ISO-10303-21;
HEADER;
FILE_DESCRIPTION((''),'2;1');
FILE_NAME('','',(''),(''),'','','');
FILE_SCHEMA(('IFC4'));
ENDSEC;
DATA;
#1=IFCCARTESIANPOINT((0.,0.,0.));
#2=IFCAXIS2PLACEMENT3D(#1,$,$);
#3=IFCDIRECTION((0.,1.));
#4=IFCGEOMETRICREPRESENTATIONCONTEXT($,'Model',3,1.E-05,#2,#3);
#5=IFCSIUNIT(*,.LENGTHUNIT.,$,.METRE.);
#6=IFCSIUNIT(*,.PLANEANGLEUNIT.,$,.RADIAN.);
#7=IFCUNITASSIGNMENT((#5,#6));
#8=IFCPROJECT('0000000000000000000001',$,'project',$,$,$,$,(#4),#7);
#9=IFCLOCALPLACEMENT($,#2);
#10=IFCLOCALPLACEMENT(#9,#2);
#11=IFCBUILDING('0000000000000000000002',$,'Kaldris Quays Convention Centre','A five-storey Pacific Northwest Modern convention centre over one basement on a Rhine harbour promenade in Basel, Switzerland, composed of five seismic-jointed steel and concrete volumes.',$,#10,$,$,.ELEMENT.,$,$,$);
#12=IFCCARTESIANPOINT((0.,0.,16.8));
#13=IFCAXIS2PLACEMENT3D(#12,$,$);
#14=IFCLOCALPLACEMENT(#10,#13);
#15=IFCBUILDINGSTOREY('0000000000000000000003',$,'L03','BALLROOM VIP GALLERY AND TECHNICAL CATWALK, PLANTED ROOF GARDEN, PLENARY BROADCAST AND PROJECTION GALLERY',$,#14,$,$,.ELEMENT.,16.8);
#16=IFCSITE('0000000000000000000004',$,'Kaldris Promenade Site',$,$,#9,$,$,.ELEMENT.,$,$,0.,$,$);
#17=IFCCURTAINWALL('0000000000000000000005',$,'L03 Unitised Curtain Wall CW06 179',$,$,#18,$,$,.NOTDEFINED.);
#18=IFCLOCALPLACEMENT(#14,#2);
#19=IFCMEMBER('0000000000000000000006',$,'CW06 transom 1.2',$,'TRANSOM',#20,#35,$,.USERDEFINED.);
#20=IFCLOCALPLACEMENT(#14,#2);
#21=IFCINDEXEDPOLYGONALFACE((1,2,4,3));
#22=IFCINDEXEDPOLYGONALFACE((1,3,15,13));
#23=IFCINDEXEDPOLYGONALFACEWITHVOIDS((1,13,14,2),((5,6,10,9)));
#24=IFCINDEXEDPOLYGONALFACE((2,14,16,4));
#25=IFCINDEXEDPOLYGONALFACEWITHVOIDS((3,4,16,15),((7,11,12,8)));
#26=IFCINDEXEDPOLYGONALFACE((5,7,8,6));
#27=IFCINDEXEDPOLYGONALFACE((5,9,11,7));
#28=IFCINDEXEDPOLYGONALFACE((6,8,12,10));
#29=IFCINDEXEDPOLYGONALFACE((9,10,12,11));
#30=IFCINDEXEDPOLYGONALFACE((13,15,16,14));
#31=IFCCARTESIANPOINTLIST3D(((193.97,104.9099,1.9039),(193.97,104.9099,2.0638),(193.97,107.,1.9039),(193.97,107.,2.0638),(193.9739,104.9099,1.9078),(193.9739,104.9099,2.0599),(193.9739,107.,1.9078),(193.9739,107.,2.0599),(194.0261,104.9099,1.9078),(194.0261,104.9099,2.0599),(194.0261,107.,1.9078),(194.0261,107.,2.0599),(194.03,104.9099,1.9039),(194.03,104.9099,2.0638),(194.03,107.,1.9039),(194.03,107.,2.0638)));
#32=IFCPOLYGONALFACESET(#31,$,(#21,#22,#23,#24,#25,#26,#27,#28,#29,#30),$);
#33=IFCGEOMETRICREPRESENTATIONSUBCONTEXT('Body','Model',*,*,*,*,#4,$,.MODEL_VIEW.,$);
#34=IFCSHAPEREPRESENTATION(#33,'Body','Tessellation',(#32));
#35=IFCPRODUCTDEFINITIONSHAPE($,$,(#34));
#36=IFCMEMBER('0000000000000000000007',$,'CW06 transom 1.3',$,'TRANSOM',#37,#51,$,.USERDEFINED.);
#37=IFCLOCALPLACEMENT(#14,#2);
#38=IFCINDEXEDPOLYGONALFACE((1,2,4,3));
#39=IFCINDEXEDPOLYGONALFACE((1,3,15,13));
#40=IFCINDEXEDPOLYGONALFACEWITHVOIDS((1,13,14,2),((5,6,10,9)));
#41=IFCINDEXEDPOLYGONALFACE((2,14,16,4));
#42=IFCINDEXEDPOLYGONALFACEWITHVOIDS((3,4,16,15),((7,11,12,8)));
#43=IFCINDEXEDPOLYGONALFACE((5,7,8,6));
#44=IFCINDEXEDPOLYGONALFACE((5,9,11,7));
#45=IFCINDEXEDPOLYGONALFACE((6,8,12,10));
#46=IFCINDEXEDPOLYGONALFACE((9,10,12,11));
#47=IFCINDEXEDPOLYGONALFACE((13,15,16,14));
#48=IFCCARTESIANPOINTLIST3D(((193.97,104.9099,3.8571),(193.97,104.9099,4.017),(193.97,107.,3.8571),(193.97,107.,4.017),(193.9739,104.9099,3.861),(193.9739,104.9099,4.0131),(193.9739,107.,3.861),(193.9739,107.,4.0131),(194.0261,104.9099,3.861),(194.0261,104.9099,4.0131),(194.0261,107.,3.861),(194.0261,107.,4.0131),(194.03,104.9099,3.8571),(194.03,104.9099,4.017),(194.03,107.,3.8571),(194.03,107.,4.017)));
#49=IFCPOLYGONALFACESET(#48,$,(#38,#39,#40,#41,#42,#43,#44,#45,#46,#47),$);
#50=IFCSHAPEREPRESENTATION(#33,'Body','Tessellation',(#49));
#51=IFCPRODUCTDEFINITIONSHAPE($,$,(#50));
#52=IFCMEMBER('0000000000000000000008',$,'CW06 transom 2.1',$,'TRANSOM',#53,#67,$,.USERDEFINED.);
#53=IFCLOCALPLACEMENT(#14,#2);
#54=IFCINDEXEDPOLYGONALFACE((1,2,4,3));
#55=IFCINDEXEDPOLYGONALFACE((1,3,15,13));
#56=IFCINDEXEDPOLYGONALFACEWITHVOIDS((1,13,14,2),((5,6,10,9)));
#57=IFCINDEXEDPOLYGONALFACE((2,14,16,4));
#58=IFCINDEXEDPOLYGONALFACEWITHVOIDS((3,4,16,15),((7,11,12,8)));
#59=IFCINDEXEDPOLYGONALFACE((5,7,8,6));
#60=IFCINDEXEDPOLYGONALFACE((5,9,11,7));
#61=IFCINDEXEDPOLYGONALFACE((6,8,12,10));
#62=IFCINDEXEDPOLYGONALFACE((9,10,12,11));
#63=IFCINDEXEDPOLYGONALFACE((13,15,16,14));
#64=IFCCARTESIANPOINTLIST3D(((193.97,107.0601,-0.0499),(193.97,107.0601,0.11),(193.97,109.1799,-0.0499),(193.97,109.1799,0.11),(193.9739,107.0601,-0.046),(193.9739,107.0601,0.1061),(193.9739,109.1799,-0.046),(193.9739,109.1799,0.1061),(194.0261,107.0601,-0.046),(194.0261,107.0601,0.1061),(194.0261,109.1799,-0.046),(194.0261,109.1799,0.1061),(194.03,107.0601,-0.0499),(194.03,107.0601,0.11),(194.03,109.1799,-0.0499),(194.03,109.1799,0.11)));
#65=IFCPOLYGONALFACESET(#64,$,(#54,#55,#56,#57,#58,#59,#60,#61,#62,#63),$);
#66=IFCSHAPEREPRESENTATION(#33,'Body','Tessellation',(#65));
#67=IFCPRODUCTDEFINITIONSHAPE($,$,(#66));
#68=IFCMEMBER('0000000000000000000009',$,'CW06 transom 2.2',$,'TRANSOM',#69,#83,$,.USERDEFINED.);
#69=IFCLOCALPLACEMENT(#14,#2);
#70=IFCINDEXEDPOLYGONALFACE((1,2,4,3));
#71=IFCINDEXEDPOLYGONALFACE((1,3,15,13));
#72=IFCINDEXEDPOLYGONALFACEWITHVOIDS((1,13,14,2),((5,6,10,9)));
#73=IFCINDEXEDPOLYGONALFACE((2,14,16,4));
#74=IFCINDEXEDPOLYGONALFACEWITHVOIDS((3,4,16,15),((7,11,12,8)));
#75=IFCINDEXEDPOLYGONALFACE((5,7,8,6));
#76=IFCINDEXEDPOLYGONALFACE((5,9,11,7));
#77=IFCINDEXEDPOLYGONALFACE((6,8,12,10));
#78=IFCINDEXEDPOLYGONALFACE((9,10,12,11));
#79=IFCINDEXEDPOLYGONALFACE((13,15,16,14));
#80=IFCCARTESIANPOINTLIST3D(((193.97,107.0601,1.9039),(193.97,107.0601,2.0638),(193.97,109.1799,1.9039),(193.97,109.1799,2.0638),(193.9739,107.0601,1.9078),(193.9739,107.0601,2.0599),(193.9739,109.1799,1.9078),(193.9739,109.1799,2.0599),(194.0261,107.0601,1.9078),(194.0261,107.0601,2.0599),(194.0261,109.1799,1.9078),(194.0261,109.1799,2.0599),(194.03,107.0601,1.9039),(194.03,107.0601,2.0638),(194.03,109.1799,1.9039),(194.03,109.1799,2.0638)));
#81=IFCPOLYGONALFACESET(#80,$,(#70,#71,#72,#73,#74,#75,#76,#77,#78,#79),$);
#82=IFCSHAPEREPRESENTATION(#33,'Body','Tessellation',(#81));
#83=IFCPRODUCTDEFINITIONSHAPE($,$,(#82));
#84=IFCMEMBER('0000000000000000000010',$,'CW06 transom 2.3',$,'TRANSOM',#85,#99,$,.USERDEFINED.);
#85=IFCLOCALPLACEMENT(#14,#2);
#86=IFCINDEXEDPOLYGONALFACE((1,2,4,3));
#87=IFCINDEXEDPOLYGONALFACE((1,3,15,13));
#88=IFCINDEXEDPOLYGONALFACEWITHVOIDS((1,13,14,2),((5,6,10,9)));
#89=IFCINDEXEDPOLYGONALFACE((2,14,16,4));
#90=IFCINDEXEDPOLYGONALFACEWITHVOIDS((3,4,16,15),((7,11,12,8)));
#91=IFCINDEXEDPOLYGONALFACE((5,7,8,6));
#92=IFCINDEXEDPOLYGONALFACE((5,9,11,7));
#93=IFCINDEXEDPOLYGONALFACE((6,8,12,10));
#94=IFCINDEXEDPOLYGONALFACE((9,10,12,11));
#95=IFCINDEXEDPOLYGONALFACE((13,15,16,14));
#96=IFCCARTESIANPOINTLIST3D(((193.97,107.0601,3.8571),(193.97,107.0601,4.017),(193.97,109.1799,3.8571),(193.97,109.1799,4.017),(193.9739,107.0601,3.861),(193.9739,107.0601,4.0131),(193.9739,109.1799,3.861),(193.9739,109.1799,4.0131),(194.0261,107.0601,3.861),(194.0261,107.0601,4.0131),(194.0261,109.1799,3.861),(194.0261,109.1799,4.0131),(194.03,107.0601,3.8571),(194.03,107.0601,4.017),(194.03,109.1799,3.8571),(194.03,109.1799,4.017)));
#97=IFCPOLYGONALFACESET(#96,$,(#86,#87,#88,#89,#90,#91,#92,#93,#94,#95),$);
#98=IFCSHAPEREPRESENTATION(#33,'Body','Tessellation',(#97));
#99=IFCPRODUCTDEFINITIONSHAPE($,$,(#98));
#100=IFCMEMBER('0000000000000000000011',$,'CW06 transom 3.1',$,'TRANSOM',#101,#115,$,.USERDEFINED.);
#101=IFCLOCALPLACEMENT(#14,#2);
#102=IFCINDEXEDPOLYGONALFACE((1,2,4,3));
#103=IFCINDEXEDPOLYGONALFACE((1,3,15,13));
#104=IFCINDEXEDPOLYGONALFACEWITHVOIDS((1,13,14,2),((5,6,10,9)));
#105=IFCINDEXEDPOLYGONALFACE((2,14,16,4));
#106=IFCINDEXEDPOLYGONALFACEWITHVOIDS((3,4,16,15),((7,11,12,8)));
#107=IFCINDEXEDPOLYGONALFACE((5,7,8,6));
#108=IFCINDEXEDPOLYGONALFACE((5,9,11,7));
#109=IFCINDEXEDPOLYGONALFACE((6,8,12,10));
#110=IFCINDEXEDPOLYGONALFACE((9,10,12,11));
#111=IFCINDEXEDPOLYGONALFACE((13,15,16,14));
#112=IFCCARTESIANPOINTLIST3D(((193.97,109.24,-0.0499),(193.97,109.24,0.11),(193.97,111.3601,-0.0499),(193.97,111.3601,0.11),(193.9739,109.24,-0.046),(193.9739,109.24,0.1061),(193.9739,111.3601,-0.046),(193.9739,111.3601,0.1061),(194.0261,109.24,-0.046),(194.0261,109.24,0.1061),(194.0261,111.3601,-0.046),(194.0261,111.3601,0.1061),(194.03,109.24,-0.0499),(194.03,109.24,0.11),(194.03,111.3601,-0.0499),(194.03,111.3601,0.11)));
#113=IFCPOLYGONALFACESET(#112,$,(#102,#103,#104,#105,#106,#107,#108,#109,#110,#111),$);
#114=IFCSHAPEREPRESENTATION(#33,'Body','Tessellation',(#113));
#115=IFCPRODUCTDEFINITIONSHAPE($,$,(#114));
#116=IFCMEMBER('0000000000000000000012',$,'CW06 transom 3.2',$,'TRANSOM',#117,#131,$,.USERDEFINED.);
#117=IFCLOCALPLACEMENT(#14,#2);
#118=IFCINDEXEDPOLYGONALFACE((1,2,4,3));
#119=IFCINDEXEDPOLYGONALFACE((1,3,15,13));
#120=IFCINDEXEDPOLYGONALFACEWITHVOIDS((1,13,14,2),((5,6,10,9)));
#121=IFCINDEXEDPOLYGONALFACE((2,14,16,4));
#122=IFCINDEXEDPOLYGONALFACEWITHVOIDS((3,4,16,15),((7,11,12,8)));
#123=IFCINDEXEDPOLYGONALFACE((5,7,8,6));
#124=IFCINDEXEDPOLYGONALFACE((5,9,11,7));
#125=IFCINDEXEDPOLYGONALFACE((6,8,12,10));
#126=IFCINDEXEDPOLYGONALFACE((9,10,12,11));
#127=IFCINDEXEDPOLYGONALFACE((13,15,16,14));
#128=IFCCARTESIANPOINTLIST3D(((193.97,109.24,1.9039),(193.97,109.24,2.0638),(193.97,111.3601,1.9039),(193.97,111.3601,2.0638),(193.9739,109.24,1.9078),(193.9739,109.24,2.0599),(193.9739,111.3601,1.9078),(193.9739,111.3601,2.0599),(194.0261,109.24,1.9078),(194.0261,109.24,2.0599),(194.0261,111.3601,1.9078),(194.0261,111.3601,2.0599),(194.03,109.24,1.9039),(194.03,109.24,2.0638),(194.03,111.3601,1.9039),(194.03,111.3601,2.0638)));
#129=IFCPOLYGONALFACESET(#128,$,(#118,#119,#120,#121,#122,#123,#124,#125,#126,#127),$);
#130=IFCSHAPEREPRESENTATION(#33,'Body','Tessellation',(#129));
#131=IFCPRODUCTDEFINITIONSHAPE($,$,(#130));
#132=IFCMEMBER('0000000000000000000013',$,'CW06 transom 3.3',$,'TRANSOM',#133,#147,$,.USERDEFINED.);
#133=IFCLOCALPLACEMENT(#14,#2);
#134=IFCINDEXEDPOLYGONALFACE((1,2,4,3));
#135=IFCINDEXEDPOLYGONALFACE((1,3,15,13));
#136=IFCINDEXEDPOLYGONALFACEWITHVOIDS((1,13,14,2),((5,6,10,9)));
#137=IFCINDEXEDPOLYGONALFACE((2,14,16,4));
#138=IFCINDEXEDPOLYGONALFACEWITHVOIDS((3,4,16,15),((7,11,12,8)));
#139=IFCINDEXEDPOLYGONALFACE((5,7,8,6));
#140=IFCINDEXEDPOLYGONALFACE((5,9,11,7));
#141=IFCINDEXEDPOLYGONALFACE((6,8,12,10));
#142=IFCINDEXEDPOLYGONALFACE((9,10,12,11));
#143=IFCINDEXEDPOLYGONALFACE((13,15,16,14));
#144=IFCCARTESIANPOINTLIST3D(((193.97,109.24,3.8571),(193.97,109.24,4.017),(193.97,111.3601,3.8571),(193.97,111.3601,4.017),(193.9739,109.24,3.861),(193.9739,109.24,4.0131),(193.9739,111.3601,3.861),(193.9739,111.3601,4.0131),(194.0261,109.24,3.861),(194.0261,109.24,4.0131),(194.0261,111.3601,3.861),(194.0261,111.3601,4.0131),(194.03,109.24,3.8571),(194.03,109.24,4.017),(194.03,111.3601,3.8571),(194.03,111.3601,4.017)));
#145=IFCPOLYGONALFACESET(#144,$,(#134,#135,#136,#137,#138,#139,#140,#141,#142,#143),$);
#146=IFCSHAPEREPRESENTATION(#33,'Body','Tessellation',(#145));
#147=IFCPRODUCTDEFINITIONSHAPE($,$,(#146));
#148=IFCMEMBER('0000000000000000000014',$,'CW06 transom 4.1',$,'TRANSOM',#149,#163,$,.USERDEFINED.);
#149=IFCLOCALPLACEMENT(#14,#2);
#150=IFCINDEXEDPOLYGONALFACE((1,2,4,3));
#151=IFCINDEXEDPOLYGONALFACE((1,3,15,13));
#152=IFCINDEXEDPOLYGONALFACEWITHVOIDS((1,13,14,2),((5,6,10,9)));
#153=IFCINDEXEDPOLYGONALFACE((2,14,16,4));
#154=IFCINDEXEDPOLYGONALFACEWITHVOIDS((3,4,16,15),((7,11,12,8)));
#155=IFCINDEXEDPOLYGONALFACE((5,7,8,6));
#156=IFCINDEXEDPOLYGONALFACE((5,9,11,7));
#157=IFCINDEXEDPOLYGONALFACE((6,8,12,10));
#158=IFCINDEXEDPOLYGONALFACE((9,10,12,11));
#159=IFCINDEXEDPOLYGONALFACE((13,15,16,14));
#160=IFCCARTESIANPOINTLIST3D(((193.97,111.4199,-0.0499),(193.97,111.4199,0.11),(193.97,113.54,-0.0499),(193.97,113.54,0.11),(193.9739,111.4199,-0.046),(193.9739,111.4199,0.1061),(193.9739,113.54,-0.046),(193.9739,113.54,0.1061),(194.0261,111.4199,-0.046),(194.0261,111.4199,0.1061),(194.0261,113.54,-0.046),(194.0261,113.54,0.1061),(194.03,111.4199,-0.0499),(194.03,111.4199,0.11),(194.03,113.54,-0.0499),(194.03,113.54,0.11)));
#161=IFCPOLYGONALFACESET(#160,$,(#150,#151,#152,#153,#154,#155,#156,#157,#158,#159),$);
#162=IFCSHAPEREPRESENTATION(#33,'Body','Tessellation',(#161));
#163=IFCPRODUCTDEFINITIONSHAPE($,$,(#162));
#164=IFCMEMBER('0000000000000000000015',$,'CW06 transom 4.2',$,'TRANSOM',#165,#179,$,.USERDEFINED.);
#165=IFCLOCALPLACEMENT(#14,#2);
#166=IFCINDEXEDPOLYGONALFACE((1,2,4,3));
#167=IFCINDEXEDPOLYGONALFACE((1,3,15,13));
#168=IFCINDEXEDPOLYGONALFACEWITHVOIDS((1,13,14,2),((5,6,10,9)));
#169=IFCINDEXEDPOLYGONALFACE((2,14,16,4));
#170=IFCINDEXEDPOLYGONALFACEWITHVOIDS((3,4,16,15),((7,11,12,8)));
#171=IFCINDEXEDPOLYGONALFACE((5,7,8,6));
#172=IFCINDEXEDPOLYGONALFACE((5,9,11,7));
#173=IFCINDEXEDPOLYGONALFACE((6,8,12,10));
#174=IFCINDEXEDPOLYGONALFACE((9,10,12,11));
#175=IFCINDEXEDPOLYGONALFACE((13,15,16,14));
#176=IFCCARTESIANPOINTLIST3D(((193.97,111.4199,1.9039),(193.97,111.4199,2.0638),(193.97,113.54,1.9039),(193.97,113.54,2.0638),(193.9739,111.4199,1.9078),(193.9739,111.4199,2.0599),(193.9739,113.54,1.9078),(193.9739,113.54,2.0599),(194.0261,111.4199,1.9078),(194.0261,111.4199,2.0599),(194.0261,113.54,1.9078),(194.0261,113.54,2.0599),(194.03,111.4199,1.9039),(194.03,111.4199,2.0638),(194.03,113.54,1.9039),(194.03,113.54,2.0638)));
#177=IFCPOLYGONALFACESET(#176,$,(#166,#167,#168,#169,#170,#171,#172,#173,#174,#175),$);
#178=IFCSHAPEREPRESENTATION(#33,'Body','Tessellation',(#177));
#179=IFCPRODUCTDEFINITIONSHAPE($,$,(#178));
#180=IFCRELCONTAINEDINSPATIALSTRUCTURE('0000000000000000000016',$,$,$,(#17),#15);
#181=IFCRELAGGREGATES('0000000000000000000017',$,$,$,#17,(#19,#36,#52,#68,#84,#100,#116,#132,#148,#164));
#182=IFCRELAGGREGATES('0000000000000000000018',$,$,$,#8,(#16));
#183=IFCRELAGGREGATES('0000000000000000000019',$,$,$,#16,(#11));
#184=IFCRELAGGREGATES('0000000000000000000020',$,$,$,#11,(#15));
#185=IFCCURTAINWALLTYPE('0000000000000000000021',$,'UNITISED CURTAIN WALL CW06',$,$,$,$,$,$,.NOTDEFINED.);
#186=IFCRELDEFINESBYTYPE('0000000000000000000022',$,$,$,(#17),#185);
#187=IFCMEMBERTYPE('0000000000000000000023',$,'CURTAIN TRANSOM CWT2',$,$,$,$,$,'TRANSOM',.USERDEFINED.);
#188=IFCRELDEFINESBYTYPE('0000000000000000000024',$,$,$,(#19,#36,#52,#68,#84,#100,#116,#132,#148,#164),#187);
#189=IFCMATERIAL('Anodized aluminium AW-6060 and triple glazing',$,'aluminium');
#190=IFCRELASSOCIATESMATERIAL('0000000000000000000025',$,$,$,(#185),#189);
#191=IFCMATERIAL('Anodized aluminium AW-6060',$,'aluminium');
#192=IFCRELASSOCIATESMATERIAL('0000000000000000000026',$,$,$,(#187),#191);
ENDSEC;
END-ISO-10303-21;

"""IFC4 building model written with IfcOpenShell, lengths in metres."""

from ifc_helpers import new_model, si_unit, direction, frame, origin, origin_2d, place, context, subcontext, project, spatial, hollow_rectangle, extrude, material, material_profile, profile_set, type_object, element, aggregate, save


model = new_model("IFC4")

# Units and contexts
model_context = context("Model", 3, precision=1e-05, world=origin(), true_north=direction((0.0, 1.0)))
body_context = subcontext(model_context, "Body", "Model", "MODEL_VIEW")
ifc_project = project(units=[si_unit("LENGTHUNIT", "METRE"), si_unit("PLANEANGLEUNIT", "RADIAN")], contexts=[model_context])

# Site, building, storey
site_placement = place(None, origin())
site = spatial("IfcSite", under=ifc_project, at=site_placement, Name="Kaldris Promenade Site", CompositionType="ELEMENT", RefElevation=0.0)
building_placement = place(site_placement, origin())
building = spatial("IfcBuilding", under=site, at=building_placement, Name="Kaldris Quays Convention Centre", Description="A five-storey Pacific Northwest Modern convention centre over one basement on a Rhine harbour promenade in Basel, Switzerland, composed of five seismic-jointed steel and concrete volumes.", CompositionType="ELEMENT")
storey_placement = place(building_placement, frame((0.0, 0.0, 16.8)))
storey = spatial("IfcBuildingStorey", under=building, at=storey_placement, Name="L03", Description="BALLROOM VIP GALLERY AND TECHNICAL CATWALK, PLANTED ROOF GARDEN, PLENARY BROADCAST AND PROJECTION GALLERY", CompositionType="ELEMENT", Elevation=16.8)

# Curtain wall, members
ifc_material_1 = material(Name="Anodized aluminium AW-6060 and triple glazing", Category="aluminium")
curtain_wall_type = type_object("IfcCurtainWallType", Name="UNITISED CURTAIN WALL CW06", PredefinedType="NOTDEFINED", material=ifc_material_1)
curtain_wall_placement = place(storey_placement, origin())
curtain_wall = element("IfcCurtainWall", 1, at=curtain_wall_placement, inside=storey, type_object=curtain_wall_type, Name="L03 Unitised Curtain Wall CW06 179", PredefinedType="NOTDEFINED")
ifc_material_2 = material(Name="Anodized aluminium AW-6060", Category="aluminium")
ifc_material_profile_1 = material_profile(ifc_material_2, hollow_rectangle(XDim=0.0601, YDim=0.1599, WallThickness=0.0039, at=origin_2d()), Name="RHS 160x60x4")
ifc_profile_set_1 = profile_set([ifc_material_profile_1], Name="Anodized aluminium AW-6060")
member_type_1 = type_object("IfcMemberType", Name="CURTAIN TRANSOM CWT2", ElementType="TRANSOM", PredefinedType="USERDEFINED", material=ifc_profile_set_1)
member_1_placement = place(storey_placement, frame((194.0, 104.9099, 1.9839), z_axis=(0.0, 1.0, 0.0), x_axis=(-1.0, 0.0, 0.0)))
member_1 = element("IfcMember", 2, at=member_1_placement, type_object=member_type_1, Name="CW06 transom 1.2", ObjectType="TRANSOM", PredefinedType="USERDEFINED", context=body_context, shape_type="SweptSolid", body=[
    extrude(hollow_rectangle(XDim=0.0601, YDim=0.1599, WallThickness=0.0039, at=origin_2d()), origin(), (0.0, 0.0, 1.0), 2.0901),
])
member_2_placement = place(storey_placement, frame((194.0, 104.9099, 3.937), z_axis=(0.0, 1.0, 0.0), x_axis=(-1.0, 0.0, 0.0)))
member_2 = element("IfcMember", 3, at=member_2_placement, type_object=member_type_1, Name="CW06 transom 1.3", ObjectType="TRANSOM", PredefinedType="USERDEFINED", context=body_context, shape_type="SweptSolid", body=[
    extrude(hollow_rectangle(XDim=0.0601, YDim=0.1599, WallThickness=0.0039, at=origin_2d()), origin(), (0.0, 0.0, 1.0), 2.0901),
])
member_3_placement = place(storey_placement, frame((194.0, 107.0601, 0.03), z_axis=(0.0, 1.0, 0.0), x_axis=(-1.0, 0.0, 0.0)))
member_3 = element("IfcMember", 4, at=member_3_placement, type_object=member_type_1, Name="CW06 transom 2.1", ObjectType="TRANSOM", PredefinedType="USERDEFINED", context=body_context, shape_type="SweptSolid", body=[
    extrude(hollow_rectangle(XDim=0.0601, YDim=0.1599, WallThickness=0.0039, at=origin_2d()), origin(), (0.0, 0.0, 1.0), 2.1199),
])
member_4_placement = place(storey_placement, frame((194.0, 107.0601, 1.9839), z_axis=(0.0, 1.0, 0.0), x_axis=(-1.0, 0.0, 0.0)))
member_4 = element("IfcMember", 5, at=member_4_placement, type_object=member_type_1, Name="CW06 transom 2.2", ObjectType="TRANSOM", PredefinedType="USERDEFINED", context=body_context, shape_type="SweptSolid", body=[
    extrude(hollow_rectangle(XDim=0.0601, YDim=0.1599, WallThickness=0.0039, at=origin_2d()), origin(), (0.0, 0.0, 1.0), 2.1199),
])
member_5_placement = place(storey_placement, frame((194.0, 107.0601, 3.937), z_axis=(0.0, 1.0, 0.0), x_axis=(-1.0, 0.0, 0.0)))
member_5 = element("IfcMember", 6, at=member_5_placement, type_object=member_type_1, Name="CW06 transom 2.3", ObjectType="TRANSOM", PredefinedType="USERDEFINED", context=body_context, shape_type="SweptSolid", body=[
    extrude(hollow_rectangle(XDim=0.0601, YDim=0.1599, WallThickness=0.0039, at=origin_2d()), origin(), (0.0, 0.0, 1.0), 2.1199),
])
member_6_placement = place(storey_placement, frame((194.0, 109.24, 0.03), z_axis=(0.0, 1.0, 0.0), x_axis=(-1.0, 0.0, 0.0)))
member_6 = element("IfcMember", 7, at=member_6_placement, type_object=member_type_1, Name="CW06 transom 3.1", ObjectType="TRANSOM", PredefinedType="USERDEFINED", context=body_context, shape_type="SweptSolid", body=[
    extrude(hollow_rectangle(XDim=0.0601, YDim=0.1599, WallThickness=0.0039, at=origin_2d()), origin(), (0.0, 0.0, 1.0), 2.1201),
])
member_7_placement = place(storey_placement, frame((194.0, 109.24, 1.9839), z_axis=(0.0, 1.0, 0.0), x_axis=(-1.0, 0.0, 0.0)))
member_7 = element("IfcMember", 8, at=member_7_placement, type_object=member_type_1, Name="CW06 transom 3.2", ObjectType="TRANSOM", PredefinedType="USERDEFINED", context=body_context, shape_type="SweptSolid", body=[
    extrude(hollow_rectangle(XDim=0.0601, YDim=0.1599, WallThickness=0.0039, at=origin_2d()), origin(), (0.0, 0.0, 1.0), 2.1201),
])
member_8_placement = place(storey_placement, frame((194.0, 109.24, 3.937), z_axis=(0.0, 1.0, 0.0), x_axis=(-1.0, 0.0, 0.0)))
member_8 = element("IfcMember", 9, at=member_8_placement, type_object=member_type_1, Name="CW06 transom 3.3", ObjectType="TRANSOM", PredefinedType="USERDEFINED", context=body_context, shape_type="SweptSolid", body=[
    extrude(hollow_rectangle(XDim=0.0601, YDim=0.1599, WallThickness=0.0039, at=origin_2d()), origin(), (0.0, 0.0, 1.0), 2.1201),
])
member_9_placement = place(storey_placement, frame((194.0, 111.4199, 0.03), z_axis=(0.0, 1.0, 0.0), x_axis=(-1.0, 0.0, 0.0)))
member_9 = element("IfcMember", 10, at=member_9_placement, type_object=member_type_1, Name="CW06 transom 4.1", ObjectType="TRANSOM", PredefinedType="USERDEFINED", context=body_context, shape_type="SweptSolid", body=[
    extrude(hollow_rectangle(XDim=0.0601, YDim=0.1599, WallThickness=0.0039, at=origin_2d()), origin(), (0.0, 0.0, 1.0), 2.1201),
])
member_10_placement = place(storey_placement, frame((194.0, 111.4199, 1.9839), z_axis=(0.0, 1.0, 0.0), x_axis=(-1.0, 0.0, 0.0)))
member_10 = element("IfcMember", 11, at=member_10_placement, type_object=member_type_1, Name="CW06 transom 4.2", ObjectType="TRANSOM", PredefinedType="USERDEFINED", context=body_context, shape_type="SweptSolid", body=[
    extrude(hollow_rectangle(XDim=0.0601, YDim=0.1599, WallThickness=0.0039, at=origin_2d()), origin(), (0.0, 0.0, 1.0), 2.1201),
])

aggregate(curtain_wall, [member_1, member_2, member_3, member_4, member_5, member_6, member_7, member_8, member_9, member_10])

save(model, "model.ifc")
